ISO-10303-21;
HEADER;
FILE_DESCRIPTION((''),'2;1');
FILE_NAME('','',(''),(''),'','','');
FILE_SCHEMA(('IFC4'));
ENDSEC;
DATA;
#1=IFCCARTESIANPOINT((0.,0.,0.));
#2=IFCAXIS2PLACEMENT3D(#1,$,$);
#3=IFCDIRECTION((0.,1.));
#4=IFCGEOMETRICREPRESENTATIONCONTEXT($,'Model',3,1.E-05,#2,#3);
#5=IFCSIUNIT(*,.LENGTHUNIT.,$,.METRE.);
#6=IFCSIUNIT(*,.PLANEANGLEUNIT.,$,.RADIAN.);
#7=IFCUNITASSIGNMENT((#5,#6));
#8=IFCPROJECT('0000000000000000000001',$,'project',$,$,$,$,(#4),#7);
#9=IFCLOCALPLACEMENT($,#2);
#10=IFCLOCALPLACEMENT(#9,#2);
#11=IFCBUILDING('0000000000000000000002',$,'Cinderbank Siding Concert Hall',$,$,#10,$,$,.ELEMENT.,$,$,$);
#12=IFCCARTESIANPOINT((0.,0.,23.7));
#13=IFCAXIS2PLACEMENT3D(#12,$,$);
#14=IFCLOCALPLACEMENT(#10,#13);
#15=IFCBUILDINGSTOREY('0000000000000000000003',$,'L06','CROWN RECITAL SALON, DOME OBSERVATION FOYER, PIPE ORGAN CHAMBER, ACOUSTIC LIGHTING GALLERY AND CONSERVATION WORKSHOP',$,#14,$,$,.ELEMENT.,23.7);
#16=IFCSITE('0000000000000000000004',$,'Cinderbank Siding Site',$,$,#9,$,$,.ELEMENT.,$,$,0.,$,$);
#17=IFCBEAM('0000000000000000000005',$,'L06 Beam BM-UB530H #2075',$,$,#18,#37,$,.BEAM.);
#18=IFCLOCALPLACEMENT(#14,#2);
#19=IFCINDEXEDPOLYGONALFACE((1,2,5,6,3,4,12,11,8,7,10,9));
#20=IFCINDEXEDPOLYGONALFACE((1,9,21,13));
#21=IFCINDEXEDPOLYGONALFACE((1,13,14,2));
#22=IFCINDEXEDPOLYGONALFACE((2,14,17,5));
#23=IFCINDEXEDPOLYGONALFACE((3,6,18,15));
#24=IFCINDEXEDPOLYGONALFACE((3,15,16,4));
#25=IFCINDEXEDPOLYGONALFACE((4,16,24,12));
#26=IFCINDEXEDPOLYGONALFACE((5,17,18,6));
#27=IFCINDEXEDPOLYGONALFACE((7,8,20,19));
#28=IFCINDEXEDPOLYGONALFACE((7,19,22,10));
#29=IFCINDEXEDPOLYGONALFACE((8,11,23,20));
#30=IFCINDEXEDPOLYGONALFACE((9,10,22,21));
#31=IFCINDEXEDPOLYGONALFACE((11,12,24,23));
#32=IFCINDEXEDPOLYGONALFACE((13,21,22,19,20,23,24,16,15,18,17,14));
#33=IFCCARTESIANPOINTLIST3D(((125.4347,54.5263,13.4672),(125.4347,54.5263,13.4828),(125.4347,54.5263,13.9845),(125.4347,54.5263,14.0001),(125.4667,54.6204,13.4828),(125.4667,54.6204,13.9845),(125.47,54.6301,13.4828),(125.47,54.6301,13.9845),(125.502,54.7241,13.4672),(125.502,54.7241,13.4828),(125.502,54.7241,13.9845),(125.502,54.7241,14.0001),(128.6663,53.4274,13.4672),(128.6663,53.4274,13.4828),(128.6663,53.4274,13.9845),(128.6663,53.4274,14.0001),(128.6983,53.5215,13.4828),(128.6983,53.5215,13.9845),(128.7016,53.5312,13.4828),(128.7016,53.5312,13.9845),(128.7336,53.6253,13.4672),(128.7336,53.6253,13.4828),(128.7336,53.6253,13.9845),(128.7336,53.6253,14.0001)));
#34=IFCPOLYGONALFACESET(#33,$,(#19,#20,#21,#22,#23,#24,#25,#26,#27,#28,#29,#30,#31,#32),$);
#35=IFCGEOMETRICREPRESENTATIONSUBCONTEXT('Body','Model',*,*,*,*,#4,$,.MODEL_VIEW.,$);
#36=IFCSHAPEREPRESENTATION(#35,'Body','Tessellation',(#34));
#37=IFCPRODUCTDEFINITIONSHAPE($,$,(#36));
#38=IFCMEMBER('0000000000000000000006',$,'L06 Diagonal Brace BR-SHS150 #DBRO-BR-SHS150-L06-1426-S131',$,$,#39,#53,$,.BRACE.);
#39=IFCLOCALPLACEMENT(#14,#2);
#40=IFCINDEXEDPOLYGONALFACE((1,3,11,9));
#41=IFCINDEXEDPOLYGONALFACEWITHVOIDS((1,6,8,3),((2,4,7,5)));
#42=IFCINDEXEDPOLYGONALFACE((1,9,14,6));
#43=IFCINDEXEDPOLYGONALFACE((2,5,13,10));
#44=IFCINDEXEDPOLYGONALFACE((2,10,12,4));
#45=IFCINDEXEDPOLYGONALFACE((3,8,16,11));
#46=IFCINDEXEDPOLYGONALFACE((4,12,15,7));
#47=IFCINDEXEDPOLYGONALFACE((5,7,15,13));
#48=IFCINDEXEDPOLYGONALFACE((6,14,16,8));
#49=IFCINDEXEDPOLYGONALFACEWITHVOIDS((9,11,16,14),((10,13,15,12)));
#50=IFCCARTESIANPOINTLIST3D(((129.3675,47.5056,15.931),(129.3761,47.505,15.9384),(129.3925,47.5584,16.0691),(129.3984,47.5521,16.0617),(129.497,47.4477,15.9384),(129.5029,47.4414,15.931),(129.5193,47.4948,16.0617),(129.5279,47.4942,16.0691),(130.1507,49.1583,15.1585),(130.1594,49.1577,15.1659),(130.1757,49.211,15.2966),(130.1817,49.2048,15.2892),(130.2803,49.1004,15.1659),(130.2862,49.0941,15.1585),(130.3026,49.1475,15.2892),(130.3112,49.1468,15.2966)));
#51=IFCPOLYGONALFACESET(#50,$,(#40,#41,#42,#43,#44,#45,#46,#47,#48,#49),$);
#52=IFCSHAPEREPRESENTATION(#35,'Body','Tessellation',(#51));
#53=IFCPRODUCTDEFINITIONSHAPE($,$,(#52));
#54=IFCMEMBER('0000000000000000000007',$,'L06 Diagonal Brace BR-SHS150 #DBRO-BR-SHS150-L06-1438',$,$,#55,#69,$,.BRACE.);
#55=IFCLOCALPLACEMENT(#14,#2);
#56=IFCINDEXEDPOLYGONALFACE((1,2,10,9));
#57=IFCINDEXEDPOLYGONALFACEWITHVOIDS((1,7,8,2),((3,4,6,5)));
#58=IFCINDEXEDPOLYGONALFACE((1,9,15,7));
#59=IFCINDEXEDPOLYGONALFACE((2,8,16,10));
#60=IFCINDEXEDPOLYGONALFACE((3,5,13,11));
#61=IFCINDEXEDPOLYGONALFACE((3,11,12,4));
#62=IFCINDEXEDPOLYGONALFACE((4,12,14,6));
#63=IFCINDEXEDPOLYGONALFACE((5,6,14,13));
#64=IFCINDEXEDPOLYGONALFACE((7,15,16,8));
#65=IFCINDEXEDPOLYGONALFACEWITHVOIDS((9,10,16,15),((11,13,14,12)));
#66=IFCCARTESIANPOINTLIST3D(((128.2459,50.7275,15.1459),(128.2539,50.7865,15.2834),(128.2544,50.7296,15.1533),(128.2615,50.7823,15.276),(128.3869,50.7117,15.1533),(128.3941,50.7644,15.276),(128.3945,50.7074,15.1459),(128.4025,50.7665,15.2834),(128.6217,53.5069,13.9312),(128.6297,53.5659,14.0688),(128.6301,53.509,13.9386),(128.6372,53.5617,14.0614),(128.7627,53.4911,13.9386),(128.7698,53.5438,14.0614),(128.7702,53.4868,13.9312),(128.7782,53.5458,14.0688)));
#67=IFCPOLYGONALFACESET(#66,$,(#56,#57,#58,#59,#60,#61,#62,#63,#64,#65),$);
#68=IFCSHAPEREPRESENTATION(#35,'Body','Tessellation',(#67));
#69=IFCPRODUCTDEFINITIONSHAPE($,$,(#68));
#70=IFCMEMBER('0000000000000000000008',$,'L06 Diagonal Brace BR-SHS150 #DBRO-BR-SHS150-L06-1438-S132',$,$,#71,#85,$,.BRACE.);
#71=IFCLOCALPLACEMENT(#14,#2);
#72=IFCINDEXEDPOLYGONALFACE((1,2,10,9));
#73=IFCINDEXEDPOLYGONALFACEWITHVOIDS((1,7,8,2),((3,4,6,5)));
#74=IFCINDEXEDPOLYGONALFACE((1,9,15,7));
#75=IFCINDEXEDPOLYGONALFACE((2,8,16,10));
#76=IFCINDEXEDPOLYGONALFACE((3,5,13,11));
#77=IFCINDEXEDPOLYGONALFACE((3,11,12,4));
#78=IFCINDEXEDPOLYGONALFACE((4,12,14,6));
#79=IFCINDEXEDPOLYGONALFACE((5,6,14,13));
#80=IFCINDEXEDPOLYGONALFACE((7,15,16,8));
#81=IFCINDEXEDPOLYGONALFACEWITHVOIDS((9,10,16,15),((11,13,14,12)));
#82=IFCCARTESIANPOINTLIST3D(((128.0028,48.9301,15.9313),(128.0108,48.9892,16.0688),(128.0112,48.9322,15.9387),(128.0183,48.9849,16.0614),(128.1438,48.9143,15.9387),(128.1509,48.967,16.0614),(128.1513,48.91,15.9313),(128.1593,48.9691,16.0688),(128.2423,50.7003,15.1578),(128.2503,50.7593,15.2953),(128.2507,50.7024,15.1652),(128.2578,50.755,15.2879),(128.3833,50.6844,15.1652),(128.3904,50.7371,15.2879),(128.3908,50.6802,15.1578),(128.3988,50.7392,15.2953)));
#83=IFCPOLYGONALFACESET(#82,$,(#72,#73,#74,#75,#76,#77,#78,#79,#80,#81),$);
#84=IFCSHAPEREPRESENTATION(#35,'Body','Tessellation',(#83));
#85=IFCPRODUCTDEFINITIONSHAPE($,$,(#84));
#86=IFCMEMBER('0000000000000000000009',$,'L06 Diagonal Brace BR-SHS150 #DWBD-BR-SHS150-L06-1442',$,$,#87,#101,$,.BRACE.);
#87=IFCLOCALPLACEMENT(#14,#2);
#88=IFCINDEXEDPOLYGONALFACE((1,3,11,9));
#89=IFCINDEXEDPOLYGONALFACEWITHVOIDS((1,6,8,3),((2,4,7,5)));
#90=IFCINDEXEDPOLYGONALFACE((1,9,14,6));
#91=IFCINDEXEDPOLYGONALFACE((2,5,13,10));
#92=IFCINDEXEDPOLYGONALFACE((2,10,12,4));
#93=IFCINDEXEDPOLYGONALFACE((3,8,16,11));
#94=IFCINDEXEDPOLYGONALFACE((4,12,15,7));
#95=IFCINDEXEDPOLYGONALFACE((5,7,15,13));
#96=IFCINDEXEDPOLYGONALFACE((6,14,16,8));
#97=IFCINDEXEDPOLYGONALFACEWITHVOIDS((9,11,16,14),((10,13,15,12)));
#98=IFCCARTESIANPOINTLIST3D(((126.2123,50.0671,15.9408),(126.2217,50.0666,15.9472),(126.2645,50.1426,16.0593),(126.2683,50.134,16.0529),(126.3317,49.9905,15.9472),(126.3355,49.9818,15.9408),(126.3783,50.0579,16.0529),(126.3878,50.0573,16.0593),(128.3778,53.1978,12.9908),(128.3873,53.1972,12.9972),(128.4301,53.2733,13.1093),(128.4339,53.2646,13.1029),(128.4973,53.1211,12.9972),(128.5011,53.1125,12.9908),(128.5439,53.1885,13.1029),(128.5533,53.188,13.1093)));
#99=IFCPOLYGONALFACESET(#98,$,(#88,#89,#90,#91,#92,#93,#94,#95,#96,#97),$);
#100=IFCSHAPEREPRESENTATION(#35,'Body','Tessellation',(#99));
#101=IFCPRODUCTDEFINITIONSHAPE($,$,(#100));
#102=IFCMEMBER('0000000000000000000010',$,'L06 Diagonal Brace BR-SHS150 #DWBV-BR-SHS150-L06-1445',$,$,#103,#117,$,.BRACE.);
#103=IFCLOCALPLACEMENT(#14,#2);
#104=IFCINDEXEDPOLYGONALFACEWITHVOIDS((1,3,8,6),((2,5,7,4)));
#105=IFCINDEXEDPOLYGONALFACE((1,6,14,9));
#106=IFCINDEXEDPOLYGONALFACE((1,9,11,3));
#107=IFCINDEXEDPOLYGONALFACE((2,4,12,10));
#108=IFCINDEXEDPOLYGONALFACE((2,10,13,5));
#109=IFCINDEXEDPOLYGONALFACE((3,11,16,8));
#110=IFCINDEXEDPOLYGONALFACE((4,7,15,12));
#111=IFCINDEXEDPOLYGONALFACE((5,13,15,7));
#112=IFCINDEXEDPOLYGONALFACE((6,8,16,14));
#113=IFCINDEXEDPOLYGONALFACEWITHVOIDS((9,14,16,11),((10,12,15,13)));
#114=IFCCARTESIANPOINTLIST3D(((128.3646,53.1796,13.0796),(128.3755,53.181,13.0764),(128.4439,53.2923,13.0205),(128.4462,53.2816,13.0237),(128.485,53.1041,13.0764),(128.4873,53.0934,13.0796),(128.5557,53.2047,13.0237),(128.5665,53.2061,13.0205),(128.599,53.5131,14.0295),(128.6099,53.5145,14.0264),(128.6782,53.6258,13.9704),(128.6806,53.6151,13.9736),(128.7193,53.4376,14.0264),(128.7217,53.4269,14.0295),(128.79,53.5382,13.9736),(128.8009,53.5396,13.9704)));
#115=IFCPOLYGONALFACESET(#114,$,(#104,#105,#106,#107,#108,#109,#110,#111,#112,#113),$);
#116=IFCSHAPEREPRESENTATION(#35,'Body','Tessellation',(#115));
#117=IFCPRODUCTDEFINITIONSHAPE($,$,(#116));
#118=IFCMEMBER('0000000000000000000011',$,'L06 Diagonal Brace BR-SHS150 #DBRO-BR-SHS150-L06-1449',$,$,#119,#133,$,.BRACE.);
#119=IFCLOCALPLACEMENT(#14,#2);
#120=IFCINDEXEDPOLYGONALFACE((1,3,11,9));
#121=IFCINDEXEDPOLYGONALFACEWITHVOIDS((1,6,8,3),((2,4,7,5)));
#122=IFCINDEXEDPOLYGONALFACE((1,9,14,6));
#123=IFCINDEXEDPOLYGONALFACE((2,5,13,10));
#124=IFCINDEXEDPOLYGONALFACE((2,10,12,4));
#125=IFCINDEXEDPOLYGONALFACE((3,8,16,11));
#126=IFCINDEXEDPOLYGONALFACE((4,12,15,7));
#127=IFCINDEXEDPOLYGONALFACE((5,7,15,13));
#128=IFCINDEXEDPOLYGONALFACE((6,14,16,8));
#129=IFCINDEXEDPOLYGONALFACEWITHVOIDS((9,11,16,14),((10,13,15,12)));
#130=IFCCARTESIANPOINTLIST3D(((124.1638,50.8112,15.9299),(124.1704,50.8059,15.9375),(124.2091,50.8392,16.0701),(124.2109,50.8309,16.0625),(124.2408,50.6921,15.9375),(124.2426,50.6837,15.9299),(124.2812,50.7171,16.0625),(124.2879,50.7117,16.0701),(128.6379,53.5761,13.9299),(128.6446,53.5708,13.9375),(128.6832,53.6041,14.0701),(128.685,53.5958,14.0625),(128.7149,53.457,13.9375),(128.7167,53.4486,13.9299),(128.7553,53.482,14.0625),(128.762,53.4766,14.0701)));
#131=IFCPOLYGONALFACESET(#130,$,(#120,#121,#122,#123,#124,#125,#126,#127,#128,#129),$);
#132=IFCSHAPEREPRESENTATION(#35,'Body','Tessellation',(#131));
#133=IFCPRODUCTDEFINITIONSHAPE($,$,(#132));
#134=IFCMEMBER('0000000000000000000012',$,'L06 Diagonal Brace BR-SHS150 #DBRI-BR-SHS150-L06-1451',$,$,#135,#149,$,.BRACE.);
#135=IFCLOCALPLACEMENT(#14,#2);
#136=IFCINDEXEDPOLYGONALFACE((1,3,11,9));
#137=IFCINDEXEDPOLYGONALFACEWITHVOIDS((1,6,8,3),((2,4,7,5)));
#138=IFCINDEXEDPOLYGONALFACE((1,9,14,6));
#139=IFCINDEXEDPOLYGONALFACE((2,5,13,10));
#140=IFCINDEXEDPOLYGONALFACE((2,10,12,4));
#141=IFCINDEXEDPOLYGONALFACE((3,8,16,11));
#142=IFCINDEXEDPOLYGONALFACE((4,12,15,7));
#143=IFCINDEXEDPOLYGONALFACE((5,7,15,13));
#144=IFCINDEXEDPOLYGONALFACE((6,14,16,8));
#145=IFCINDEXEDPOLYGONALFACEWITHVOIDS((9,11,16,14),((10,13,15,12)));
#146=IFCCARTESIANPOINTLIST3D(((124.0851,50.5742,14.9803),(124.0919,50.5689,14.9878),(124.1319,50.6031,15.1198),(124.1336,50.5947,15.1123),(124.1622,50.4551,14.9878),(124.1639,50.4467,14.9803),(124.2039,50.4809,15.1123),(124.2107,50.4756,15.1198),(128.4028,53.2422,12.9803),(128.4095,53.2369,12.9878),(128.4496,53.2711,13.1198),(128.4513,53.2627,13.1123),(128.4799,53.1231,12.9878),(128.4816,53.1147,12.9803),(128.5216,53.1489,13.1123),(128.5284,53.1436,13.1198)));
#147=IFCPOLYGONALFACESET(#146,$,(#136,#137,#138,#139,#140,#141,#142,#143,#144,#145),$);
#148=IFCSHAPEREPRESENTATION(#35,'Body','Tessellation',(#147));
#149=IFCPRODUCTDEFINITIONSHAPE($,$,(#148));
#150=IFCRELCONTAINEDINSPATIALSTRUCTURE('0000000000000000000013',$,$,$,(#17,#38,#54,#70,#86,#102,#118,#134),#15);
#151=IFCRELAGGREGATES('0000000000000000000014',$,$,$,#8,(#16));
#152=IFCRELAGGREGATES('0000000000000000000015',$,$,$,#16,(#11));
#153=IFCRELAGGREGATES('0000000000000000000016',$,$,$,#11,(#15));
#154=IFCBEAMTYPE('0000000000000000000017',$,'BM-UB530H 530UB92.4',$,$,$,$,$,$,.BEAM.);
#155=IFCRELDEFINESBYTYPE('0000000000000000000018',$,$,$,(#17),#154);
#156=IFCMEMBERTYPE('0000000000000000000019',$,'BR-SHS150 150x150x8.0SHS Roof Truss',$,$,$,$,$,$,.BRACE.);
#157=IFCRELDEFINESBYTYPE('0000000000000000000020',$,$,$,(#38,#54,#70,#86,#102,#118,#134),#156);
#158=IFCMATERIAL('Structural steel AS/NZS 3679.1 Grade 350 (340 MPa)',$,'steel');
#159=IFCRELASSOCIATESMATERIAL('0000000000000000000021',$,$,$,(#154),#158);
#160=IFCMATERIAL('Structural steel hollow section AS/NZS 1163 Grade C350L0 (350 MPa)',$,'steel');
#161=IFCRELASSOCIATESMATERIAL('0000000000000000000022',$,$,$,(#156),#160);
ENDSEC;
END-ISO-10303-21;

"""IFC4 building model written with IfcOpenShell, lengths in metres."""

from ifc_helpers import new_model, si_unit, direction, frame, origin, origin_2d, place, context, subcontext, project, spatial, hollow_rectangle, i_section, extrude, material, material_profile, profile_set, type_object, element, save


model = new_model("IFC4")

# Units and contexts
model_context = context("Model", 3, precision=1e-05, world=origin(), true_north=direction((0.0, 1.0)))
body_context = subcontext(model_context, "Body", "Model", "MODEL_VIEW")
ifc_project = project(units=[si_unit("LENGTHUNIT", "METRE"), si_unit("PLANEANGLEUNIT", "RADIAN")], contexts=[model_context])

# Site, building, storey
site_placement = place(None, origin())
site = spatial("IfcSite", under=ifc_project, at=site_placement, Name="Cinderbank Siding Site", CompositionType="ELEMENT", RefElevation=0.0)
building_placement = place(site_placement, origin())
building = spatial("IfcBuilding", under=site, at=building_placement, Name="Cinderbank Siding Concert Hall", CompositionType="ELEMENT")
storey_placement = place(building_placement, frame((0.0, 0.0, 23.7)))
storey = spatial("IfcBuildingStorey", under=building, at=storey_placement, Name="L06", Description="CROWN RECITAL SALON, DOME OBSERVATION FOYER, PIPE ORGAN CHAMBER, ACOUSTIC LIGHTING GALLERY AND CONSERVATION WORKSHOP", CompositionType="ELEMENT", Elevation=23.7)

# Beam
ifc_material_1 = material(Name="Structural steel AS/NZS 3679.1 Grade 350 (340 MPa)", Category="steel")
ifc_material_profile_1 = material_profile(ifc_material_1, i_section(OverallWidth=0.209, OverallDepth=0.533, WebThickness=0.0103, FlangeThickness=0.0156, at=origin_2d()), Name="530UB92.4", Category="LoadBearing")
ifc_profile_set_1 = profile_set([ifc_material_profile_1], Name="Structural steel AS/NZS 3679.1 Grade 350 (340 MPa)")
beam_type = type_object("IfcBeamType", Name="BM-UB530H 530UB92.4", PredefinedType="BEAM", material=ifc_profile_set_1)
beam_placement = place(storey_placement, frame((128.7, 53.5264, 13.7336), z_axis=(-0.946764, 0.32193, 0.0), x_axis=(-0.32193, -0.946764, 0.0)))
element("IfcBeam", 1, at=beam_placement, inside=storey, type_object=beam_type, Name="L06 Beam BM-UB530H #2075", PredefinedType="BEAM", context=body_context, shape_type="SweptSolid", body=[
    extrude(i_section(OverallWidth=0.209, OverallDepth=0.533, WebThickness=0.0103, FlangeThickness=0.0156, at=origin_2d()), origin(), (0.0, 0.0, 1.0), 3.4133),
])

# Members
ifc_material_2 = material(Name="Structural steel hollow section AS/NZS 1163 Grade C350L0 (350 MPa)", Category="steel")
ifc_material_profile_2 = material_profile(ifc_material_2, hollow_rectangle(XDim=0.1499, YDim=0.1499, WallThickness=0.0081, at=origin_2d()), Name="150x150x8.0SHS", Category="LoadBearing")
ifc_profile_set_2 = profile_set([ifc_material_profile_2], Name="Structural steel hollow section AS/NZS 1163 Grade C350L0 (350 MPa)")
member_type_1 = type_object("IfcMemberType", Name="BR-SHS150 150x150x8.0SHS Roof Truss", PredefinedType="BRACE", material=ifc_profile_set_2)
member_1_placement = place(storey_placement, frame((130.231, 49.1526, 15.2275), z_axis=(-0.394514, -0.83244, 0.389103), x_axis=(0.903654, -0.428264, 0.0)))
element("IfcMember", 2, at=member_1_placement, inside=storey, type_object=member_type_1, Name="L06 Diagonal Brace BR-SHS150 #DBRO-BR-SHS150-L06-1426-S131", PredefinedType="BRACE", context=body_context, shape_type="SweptSolid", body=[
    extrude(hollow_rectangle(XDim=0.1499, YDim=0.1499, WallThickness=0.0081, at=origin_2d()), origin(), (0.0, 0.0, 1.0), 1.9854),
])
member_2_placement = place(storey_placement, frame((128.7, 53.5264, 14.0), z_axis=(-0.122937, -0.909369, 0.39741), x_axis=(0.990985, -0.133971, 0.0)))
element("IfcMember", 3, at=member_2_placement, inside=storey, type_object=member_type_1, Name="L06 Diagonal Brace BR-SHS150 #DBRO-BR-SHS150-L06-1438", PredefinedType="BRACE", context=body_context, shape_type="SweptSolid", body=[
    extrude(hollow_rectangle(XDim=0.1499, YDim=0.1499, WallThickness=0.0081, at=origin_2d()), origin(), (0.0, 0.0, 1.0), 3.0564),
])
member_3_placement = place(storey_placement, frame((128.3206, 50.7197, 15.2266), z_axis=(-0.123048, -0.909374, 0.397365), x_axis=(0.990969, -0.134088, 0.0)))
element("IfcMember", 4, at=member_3_placement, inside=storey, type_object=member_type_1, Name="L06 Diagonal Brace BR-SHS150 #DBRO-BR-SHS150-L06-1438-S132", PredefinedType="BRACE", context=body_context, shape_type="SweptSolid", body=[
    extrude(hollow_rectangle(XDim=0.1499, YDim=0.1499, WallThickness=0.0081, at=origin_2d()), origin(), (0.0, 0.0, 1.0), 1.9465),
])
member_4_placement = place(storey_placement, frame((128.4656, 53.1929, 13.05), z_axis=(-0.449666, -0.650064, 0.61255), x_axis=(0.822416, -0.568886, 0.0)))
element("IfcMember", 5, at=member_4_placement, inside=storey, type_object=member_type_1, Name="L06 Diagonal Brace BR-SHS150 #DWBD-BR-SHS150-L06-1442", PredefinedType="BRACE", context=body_context, shape_type="SweptSolid", body=[
    extrude(hollow_rectangle(XDim=0.1499, YDim=0.1499, WallThickness=0.0081, at=origin_2d()), origin(), (0.0, 0.0, 1.0), 4.8159),
])
member_5_placement = place(storey_placement, frame((128.4656, 53.1929, 13.05), z_axis=(0.226732, 0.32262, 0.918972), x_axis=(-0.818161, 0.574989, 0.0)))
element("IfcMember", 6, at=member_5_placement, inside=storey, type_object=member_type_1, Name="L06 Diagonal Brace BR-SHS150 #DWBV-BR-SHS150-L06-1445", PredefinedType="BRACE", context=body_context, shape_type="SweptSolid", body=[
    extrude(hollow_rectangle(XDim=0.1499, YDim=0.1499, WallThickness=0.0081, at=origin_2d()), origin(), (0.0, 0.0, 1.0), 1.0337),
])
member_6_placement = place(storey_placement, frame((128.7, 53.5264, 14.0), z_axis=(-0.795126, -0.491367, 0.355433), x_axis=(0.525694, -0.850673, 0.0)))
element("IfcMember", 7, at=member_6_placement, inside=storey, type_object=member_type_1, Name="L06 Diagonal Brace BR-SHS150 #DBRO-BR-SHS150-L06-1449", PredefinedType="BRACE", context=body_context, shape_type="SweptSolid", body=[
    extrude(hollow_rectangle(XDim=0.1499, YDim=0.1499, WallThickness=0.0081, at=origin_2d()), origin(), (0.0, 0.0, 1.0), 5.627),
])
member_7_placement = place(storey_placement, frame((128.4656, 53.1929, 13.05), z_axis=(-0.79146, -0.489063, 0.366618), x_axis=(0.525664, -0.850692, 0.0)))
element("IfcMember", 8, at=member_7_placement, inside=storey, type_object=member_type_1, Name="L06 Diagonal Brace BR-SHS150 #DBRI-BR-SHS150-L06-1451", PredefinedType="BRACE", context=body_context, shape_type="SweptSolid", body=[
    extrude(hollow_rectangle(XDim=0.1499, YDim=0.1499, WallThickness=0.0081, at=origin_2d()), origin(), (0.0, 0.0, 1.0), 5.4553),
])

save(model, "model.ifc")
